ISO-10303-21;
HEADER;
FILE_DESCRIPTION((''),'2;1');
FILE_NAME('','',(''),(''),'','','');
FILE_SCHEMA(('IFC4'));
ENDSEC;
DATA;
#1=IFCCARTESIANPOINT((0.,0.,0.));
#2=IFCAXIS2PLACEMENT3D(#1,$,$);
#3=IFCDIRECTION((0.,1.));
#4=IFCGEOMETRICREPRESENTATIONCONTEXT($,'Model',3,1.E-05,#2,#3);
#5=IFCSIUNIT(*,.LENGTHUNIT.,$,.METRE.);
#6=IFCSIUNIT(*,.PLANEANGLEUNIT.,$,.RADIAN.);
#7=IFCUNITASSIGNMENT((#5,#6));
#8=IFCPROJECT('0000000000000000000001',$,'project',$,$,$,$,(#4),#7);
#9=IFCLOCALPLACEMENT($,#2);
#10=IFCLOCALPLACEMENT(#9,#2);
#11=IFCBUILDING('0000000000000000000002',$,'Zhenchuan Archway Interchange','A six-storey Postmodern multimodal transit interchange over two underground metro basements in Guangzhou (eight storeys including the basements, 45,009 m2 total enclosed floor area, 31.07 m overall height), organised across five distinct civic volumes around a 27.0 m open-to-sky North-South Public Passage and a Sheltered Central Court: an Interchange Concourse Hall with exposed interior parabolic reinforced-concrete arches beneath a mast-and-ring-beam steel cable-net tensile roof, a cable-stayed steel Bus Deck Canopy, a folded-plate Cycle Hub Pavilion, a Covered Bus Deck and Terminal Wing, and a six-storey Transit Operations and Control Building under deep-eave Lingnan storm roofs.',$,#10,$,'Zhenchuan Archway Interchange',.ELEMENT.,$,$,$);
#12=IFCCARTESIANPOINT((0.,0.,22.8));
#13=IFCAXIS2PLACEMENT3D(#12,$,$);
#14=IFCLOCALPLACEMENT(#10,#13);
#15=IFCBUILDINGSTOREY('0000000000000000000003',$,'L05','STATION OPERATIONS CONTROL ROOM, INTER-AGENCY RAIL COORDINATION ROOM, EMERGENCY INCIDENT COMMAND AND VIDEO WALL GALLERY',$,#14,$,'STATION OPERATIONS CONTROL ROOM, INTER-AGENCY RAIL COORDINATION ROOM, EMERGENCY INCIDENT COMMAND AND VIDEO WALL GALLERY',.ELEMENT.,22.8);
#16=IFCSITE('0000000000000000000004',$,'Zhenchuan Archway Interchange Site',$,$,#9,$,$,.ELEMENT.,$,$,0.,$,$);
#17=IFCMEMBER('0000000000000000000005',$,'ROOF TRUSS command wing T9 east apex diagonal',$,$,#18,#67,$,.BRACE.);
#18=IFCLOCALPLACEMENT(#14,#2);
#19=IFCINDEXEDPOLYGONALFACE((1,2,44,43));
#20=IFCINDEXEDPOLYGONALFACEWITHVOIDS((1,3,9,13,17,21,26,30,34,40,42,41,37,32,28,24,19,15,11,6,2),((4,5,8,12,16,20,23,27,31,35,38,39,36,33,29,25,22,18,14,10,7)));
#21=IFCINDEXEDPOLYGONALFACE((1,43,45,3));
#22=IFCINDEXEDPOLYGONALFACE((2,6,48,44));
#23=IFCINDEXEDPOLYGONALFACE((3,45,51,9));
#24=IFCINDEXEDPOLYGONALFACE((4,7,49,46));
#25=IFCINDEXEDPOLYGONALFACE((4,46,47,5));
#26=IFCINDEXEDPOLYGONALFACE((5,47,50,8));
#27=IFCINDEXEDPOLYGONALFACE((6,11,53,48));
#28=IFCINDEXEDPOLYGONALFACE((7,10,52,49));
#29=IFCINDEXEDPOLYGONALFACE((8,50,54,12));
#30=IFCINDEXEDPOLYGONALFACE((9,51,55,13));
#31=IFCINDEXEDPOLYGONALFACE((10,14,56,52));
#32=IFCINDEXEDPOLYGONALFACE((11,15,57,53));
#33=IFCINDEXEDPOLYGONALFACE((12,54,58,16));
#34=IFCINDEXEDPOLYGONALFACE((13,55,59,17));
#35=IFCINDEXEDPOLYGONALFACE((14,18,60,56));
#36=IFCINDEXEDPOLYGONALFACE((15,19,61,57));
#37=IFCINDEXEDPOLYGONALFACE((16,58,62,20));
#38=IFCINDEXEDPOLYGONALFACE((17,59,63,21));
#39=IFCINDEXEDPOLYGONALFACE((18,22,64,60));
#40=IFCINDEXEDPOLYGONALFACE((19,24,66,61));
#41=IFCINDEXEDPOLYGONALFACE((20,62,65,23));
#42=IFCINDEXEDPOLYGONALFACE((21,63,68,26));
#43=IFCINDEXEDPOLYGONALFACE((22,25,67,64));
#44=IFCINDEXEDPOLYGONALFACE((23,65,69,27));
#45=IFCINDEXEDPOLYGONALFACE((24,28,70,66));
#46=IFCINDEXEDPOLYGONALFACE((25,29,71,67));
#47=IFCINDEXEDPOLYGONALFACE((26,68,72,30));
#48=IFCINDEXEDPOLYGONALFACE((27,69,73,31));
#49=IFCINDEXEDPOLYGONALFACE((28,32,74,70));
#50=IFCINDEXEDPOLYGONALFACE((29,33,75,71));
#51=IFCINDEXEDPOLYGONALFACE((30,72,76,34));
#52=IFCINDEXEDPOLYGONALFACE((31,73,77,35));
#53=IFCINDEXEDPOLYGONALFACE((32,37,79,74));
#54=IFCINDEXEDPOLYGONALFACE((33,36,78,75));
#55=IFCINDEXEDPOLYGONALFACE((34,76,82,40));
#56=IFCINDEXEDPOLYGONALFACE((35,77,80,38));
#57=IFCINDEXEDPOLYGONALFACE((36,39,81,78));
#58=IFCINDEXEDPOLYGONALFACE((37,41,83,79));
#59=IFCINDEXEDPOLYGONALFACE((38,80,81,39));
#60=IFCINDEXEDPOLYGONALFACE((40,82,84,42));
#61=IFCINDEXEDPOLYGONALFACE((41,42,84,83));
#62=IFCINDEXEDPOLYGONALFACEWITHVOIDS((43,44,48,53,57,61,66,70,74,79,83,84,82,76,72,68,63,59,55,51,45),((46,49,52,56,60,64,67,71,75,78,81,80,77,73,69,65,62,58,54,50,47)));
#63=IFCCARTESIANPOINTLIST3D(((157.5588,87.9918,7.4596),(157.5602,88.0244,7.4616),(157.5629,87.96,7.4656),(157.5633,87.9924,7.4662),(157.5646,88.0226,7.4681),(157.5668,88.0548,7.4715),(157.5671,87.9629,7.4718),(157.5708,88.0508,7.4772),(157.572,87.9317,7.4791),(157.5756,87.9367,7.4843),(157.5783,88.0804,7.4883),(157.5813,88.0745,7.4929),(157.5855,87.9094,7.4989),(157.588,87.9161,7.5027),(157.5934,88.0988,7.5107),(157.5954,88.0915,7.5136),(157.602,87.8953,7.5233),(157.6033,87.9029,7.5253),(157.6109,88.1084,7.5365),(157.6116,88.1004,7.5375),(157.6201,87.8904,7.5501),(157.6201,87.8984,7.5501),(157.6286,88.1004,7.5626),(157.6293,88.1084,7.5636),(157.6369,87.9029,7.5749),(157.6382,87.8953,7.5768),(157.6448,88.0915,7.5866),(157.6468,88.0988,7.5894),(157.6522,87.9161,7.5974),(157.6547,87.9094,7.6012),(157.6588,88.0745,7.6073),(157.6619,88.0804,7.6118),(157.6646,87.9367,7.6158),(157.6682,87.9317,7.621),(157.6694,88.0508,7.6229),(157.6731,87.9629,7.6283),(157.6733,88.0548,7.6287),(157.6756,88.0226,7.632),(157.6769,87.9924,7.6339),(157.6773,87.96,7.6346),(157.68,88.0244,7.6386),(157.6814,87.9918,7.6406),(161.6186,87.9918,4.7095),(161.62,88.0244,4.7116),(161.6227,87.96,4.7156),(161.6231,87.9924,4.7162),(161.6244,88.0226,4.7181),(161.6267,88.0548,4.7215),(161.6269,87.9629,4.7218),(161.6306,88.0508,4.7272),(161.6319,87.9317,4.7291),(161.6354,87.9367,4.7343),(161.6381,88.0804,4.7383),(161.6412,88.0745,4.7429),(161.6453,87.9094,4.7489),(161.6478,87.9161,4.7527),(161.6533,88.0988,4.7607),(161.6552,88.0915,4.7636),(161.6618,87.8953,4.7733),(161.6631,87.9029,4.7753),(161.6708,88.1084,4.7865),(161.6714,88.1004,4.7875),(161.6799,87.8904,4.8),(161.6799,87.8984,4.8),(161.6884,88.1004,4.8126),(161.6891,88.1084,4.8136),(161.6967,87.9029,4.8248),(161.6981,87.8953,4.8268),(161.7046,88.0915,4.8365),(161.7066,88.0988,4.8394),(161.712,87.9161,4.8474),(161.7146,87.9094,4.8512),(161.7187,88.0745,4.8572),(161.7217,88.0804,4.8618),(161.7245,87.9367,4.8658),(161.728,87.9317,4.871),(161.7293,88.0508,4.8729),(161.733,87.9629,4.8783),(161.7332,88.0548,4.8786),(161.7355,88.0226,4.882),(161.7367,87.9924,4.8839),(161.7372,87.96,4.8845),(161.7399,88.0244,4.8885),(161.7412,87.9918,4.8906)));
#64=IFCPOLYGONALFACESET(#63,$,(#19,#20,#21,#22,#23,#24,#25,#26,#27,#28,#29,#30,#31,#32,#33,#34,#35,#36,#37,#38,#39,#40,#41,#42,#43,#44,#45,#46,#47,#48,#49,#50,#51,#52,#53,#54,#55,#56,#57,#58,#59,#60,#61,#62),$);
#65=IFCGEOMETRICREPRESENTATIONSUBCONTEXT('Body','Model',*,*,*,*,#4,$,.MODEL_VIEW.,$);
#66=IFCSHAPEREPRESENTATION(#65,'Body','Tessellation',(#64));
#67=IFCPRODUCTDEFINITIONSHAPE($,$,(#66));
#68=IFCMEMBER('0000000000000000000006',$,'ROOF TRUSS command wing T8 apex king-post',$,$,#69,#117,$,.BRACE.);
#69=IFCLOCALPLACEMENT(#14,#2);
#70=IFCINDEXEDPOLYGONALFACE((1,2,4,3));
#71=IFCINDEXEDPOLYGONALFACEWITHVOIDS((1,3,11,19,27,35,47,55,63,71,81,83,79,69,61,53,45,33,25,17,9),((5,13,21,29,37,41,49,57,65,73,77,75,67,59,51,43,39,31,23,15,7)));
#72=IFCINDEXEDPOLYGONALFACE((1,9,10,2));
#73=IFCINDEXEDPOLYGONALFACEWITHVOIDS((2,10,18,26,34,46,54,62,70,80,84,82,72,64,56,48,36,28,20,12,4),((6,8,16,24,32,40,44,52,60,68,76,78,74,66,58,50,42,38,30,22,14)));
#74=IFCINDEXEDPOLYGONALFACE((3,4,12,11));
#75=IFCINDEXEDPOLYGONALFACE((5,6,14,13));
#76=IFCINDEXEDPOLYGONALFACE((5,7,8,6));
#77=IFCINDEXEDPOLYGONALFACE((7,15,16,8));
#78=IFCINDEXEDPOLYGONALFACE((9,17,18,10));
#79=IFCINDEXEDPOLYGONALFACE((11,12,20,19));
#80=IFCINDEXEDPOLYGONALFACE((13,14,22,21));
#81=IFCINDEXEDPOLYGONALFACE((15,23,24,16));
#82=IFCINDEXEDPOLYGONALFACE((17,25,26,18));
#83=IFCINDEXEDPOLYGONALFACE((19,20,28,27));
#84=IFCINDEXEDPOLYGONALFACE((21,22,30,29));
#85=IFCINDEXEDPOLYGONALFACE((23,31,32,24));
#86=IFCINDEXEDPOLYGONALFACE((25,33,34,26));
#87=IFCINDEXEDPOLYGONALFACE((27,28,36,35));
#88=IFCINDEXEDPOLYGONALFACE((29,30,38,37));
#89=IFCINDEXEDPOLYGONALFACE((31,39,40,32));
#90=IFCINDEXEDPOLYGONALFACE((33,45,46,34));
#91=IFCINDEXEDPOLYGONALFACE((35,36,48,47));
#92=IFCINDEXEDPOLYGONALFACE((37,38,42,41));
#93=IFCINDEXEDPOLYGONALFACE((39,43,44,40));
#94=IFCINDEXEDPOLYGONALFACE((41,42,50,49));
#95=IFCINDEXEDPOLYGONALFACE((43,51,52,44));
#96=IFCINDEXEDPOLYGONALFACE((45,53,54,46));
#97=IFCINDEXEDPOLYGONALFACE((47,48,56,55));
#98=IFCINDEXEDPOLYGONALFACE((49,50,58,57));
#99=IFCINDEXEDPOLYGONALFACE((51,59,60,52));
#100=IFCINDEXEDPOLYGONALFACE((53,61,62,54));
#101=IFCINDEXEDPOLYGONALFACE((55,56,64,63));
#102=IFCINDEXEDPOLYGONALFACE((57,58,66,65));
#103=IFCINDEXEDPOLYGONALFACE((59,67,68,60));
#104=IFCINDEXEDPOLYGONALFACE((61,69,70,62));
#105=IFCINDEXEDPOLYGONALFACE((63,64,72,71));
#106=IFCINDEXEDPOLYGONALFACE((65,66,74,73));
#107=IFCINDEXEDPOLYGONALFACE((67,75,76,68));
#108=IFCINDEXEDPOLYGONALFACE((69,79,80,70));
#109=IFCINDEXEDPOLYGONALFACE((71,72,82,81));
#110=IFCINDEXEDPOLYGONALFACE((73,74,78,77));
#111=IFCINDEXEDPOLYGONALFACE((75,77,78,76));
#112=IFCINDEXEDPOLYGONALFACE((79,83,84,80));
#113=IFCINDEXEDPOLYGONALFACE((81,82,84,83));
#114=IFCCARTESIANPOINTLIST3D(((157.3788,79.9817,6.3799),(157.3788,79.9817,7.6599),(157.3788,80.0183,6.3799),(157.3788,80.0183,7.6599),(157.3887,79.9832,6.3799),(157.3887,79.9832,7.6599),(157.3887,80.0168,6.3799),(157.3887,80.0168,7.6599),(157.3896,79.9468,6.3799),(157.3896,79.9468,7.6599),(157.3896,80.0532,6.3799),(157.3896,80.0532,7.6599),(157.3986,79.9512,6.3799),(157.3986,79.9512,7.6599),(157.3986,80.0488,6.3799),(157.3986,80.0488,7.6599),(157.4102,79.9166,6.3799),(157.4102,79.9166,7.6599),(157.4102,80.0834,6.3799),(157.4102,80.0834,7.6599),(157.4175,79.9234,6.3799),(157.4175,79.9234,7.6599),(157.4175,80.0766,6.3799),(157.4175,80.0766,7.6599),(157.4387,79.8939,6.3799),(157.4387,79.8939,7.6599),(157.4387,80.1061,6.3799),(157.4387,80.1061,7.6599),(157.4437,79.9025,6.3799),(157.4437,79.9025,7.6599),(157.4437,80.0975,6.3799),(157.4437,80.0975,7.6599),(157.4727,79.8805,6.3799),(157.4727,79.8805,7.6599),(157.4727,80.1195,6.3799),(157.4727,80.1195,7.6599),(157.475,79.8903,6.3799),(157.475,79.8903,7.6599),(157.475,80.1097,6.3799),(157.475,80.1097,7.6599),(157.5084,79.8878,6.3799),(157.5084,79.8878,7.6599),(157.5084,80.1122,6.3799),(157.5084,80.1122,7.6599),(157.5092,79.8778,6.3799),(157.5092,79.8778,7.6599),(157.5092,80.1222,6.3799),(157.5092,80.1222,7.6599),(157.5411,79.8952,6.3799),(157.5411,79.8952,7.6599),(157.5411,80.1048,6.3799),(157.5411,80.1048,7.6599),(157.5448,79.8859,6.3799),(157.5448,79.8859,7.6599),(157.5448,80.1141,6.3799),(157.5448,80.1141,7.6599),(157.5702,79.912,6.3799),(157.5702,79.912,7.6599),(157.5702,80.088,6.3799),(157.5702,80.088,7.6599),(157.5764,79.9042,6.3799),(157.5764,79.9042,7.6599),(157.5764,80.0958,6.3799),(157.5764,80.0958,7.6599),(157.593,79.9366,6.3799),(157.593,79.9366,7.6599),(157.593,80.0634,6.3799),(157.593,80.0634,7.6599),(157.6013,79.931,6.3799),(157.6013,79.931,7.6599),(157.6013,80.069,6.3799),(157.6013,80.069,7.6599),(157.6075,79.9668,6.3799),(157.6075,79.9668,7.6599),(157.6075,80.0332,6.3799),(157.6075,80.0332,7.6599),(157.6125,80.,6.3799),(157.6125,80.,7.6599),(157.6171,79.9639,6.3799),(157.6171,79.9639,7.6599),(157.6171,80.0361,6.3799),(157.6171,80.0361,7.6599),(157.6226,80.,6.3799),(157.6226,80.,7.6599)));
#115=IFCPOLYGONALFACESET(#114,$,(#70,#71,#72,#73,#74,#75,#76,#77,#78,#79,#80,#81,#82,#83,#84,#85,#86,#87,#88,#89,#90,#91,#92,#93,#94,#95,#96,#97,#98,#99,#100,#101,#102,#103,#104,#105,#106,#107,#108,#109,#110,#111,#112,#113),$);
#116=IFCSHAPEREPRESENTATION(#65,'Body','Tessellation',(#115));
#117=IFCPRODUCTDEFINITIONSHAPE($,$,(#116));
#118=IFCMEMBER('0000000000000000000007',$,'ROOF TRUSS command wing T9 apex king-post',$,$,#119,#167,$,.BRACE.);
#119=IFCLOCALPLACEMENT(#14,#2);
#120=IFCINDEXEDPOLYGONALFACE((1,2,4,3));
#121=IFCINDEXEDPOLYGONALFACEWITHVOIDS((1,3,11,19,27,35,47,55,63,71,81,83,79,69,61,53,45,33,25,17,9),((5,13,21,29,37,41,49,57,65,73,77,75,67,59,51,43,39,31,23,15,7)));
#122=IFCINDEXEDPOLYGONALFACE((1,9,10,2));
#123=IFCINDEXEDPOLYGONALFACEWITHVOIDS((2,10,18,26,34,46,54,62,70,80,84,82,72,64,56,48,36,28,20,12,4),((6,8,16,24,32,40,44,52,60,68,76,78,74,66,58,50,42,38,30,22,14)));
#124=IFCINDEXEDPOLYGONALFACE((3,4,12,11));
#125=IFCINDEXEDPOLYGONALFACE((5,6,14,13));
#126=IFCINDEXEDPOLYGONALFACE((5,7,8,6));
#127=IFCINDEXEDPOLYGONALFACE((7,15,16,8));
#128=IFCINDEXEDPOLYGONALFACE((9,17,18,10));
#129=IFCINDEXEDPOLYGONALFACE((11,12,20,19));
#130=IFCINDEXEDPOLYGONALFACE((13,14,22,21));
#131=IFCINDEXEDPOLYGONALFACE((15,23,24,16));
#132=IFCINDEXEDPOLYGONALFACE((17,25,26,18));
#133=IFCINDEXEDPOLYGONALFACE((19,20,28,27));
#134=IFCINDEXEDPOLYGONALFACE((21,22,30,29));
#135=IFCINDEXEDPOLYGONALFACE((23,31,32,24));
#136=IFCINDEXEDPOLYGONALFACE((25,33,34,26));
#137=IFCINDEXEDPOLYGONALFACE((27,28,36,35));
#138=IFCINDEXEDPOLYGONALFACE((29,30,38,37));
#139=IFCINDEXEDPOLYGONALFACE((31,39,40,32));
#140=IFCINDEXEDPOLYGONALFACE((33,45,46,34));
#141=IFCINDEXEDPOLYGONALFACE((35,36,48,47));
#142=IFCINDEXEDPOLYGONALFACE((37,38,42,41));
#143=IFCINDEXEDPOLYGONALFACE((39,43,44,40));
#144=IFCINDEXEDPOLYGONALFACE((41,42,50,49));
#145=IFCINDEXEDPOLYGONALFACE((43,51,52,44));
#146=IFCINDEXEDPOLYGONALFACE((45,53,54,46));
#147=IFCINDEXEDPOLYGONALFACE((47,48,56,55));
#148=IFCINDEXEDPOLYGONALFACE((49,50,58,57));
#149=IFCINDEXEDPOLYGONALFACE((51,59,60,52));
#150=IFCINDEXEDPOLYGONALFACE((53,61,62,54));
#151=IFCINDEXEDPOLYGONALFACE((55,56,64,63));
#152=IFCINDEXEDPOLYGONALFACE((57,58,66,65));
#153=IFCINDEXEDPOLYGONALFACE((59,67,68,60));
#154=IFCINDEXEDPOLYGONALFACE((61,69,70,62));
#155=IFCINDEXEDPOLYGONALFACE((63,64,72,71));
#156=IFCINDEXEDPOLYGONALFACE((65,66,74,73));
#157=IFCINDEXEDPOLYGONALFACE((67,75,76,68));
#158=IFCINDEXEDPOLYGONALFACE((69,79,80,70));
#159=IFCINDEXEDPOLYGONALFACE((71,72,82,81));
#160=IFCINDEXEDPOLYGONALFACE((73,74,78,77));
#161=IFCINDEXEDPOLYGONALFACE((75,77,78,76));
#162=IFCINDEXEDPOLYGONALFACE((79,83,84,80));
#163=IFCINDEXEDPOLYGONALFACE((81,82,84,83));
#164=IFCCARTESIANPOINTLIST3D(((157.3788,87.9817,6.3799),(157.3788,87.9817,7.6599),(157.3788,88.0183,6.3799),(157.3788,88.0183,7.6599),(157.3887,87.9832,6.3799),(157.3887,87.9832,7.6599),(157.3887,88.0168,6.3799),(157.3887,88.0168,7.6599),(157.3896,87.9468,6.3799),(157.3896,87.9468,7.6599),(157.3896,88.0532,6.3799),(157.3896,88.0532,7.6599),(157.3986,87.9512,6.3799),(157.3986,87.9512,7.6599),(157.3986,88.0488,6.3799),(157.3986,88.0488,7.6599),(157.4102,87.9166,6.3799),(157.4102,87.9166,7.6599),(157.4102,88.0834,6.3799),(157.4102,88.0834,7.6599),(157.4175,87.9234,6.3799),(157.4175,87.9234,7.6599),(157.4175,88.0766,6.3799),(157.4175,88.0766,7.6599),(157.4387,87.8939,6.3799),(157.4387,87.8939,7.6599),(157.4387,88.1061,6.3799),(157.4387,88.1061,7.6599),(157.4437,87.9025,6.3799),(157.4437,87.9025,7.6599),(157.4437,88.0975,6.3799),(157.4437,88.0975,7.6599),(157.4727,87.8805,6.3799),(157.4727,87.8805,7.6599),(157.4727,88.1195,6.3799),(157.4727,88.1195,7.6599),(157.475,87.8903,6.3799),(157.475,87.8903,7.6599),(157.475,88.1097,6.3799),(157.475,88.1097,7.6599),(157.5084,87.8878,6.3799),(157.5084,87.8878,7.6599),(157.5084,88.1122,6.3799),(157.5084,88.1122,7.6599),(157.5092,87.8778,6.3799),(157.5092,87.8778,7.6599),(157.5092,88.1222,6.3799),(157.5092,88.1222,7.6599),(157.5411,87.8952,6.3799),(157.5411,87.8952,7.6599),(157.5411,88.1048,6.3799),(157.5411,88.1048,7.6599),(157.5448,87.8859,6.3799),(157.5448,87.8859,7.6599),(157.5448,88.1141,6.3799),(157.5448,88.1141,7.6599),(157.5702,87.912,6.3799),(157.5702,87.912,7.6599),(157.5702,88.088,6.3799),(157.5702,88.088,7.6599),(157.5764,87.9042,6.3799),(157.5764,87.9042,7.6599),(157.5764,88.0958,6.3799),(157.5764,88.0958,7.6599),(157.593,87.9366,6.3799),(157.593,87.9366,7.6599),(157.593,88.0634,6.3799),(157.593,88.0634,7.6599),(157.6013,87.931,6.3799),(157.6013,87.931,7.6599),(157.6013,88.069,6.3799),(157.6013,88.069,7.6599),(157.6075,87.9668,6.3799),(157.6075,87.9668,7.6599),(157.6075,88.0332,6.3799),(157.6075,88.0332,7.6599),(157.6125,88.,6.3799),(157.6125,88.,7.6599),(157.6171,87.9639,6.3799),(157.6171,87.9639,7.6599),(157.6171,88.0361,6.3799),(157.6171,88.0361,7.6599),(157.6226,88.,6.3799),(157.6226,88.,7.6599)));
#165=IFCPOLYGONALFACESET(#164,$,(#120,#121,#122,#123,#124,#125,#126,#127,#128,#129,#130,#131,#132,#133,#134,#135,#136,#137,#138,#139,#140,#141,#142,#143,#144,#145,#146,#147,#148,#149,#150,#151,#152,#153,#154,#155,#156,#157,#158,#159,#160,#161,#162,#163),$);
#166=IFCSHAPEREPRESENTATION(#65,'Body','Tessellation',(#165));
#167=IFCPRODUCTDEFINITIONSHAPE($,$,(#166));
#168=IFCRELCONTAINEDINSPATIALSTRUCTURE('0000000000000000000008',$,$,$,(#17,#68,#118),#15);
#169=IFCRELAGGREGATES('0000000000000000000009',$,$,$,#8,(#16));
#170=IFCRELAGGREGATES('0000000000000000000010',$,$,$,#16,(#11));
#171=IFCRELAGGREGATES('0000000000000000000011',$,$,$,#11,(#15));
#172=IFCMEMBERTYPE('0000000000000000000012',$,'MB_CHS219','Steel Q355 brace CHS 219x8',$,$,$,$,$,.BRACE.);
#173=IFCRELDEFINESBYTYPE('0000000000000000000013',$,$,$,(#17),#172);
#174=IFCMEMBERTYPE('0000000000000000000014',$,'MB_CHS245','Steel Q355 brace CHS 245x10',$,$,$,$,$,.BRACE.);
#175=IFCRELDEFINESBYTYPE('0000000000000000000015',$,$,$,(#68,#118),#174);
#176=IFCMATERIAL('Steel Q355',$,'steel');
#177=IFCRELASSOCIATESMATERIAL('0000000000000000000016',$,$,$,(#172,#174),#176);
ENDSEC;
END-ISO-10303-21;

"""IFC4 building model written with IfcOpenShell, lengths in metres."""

from ifc_helpers import new_model, si_unit, direction, frame, origin, origin_2d, place, context, subcontext, project, spatial, hollow_circle, extrude, material, material_profile, profile_set, type_object, element, save


model = new_model("IFC4")

# Units and contexts
model_context = context("Model", 3, precision=1e-05, world=origin(), true_north=direction((0.0, 1.0)))
body_context = subcontext(model_context, "Body", "Model", "MODEL_VIEW")
ifc_project = project(units=[si_unit("LENGTHUNIT", "METRE"), si_unit("PLANEANGLEUNIT", "RADIAN")], contexts=[model_context])

# Site, building, storey
site_placement = place(None, origin())
site = spatial("IfcSite", under=ifc_project, at=site_placement, Name="Zhenchuan Archway Interchange Site", CompositionType="ELEMENT", RefElevation=0.0)
building_placement = place(site_placement, origin())
building = spatial("IfcBuilding", under=site, at=building_placement, Name="Zhenchuan Archway Interchange", Description="A six-storey Postmodern multimodal transit interchange over two underground metro basements in Guangzhou (eight storeys including the basements, 45,009 m2 total enclosed floor area, 31.07 m overall height), organised across five distinct civic volumes around a 27.0 m open-to-sky North-South Public Passage and a Sheltered Central Court: an Interchange Concourse Hall with exposed interior parabolic reinforced-concrete arches beneath a mast-and-ring-beam steel cable-net tensile roof, a cable-stayed steel Bus Deck Canopy, a folded-plate Cycle Hub Pavilion, a Covered Bus Deck and Terminal Wing, and a six-storey Transit Operations and Control Building under deep-eave Lingnan storm roofs.", LongName="Zhenchuan Archway Interchange", CompositionType="ELEMENT")
storey_placement = place(building_placement, frame((0.0, 0.0, 22.8)))
storey = spatial("IfcBuildingStorey", under=building, at=storey_placement, Name="L05", Description="STATION OPERATIONS CONTROL ROOM, INTER-AGENCY RAIL COORDINATION ROOM, EMERGENCY INCIDENT COMMAND AND VIDEO WALL GALLERY", LongName="STATION OPERATIONS CONTROL ROOM, INTER-AGENCY RAIL COORDINATION ROOM, EMERGENCY INCIDENT COMMAND AND VIDEO WALL GALLERY", CompositionType="ELEMENT", Elevation=22.8)

# Shared definitions
ifc_material_1 = material(Name="Steel Q355", Category="steel")

# Members
ifc_material_profile_1 = material_profile(ifc_material_1, hollow_circle(Radius=0.1096, WallThickness=0.0081, at=origin_2d()), Name="CHS 219x8")
ifc_profile_set_1 = profile_set([ifc_material_profile_1], Name="Steel Q355")
member_type_1 = type_object("IfcMemberType", Name="MB_CHS219", Description="Steel Q355 brace CHS 219x8", PredefinedType="BRACE", material=ifc_profile_set_1)
for number, where, z_axis, x_axis, name in (
    (1, (161.6799, 88.0, 4.8), (-0.827937, 0.0, 0.560821), (0.0, -1.0, 0.0), "ROOF TRUSS command wing T9 east apex diagonal"),
):
    element("IfcMember", number, at=place(storey_placement, frame(where, z_axis=z_axis, x_axis=x_axis)), inside=storey, type_object=member_type_1, Name=name, PredefinedType="BRACE", context=body_context, shape_type="SweptSolid", body=[
        extrude(hollow_circle(Radius=0.1096, WallThickness=0.0081, at=origin_2d()), origin(), (0.0, 0.0, 1.0), 4.9036),
    ])
ifc_material_profile_2 = material_profile(ifc_material_1, hollow_circle(Radius=0.1226, WallThickness=0.01, at=origin_2d()), Name="CHS 245x10")
ifc_profile_set_2 = profile_set([ifc_material_profile_2], Name="Steel Q355")
member_type_2 = type_object("IfcMemberType", Name="MB_CHS245", Description="Steel Q355 brace CHS 245x10", PredefinedType="BRACE", material=ifc_profile_set_2)
for number, where, z_axis, x_axis, name in (
    (2, (157.5, 80.0, 6.3799), (0.0, 0.0, 1.0), (1.0, 0.0, 0.0), "ROOF TRUSS command wing T8 apex king-post"),
    (3, (157.5, 88.0, 6.3799), (0.0, 0.0, 1.0), (1.0, 0.0, 0.0), "ROOF TRUSS command wing T9 apex king-post"),
):
    element("IfcMember", number, at=place(storey_placement, frame(where, z_axis=z_axis, x_axis=x_axis)), inside=storey, type_object=member_type_2, Name=name, PredefinedType="BRACE", context=body_context, shape_type="SweptSolid", body=[
        extrude(hollow_circle(Radius=0.1226, WallThickness=0.01, at=origin_2d()), origin(), (0.0, 0.0, 1.0), 1.28),
    ])

save(model, "model.ifc")
